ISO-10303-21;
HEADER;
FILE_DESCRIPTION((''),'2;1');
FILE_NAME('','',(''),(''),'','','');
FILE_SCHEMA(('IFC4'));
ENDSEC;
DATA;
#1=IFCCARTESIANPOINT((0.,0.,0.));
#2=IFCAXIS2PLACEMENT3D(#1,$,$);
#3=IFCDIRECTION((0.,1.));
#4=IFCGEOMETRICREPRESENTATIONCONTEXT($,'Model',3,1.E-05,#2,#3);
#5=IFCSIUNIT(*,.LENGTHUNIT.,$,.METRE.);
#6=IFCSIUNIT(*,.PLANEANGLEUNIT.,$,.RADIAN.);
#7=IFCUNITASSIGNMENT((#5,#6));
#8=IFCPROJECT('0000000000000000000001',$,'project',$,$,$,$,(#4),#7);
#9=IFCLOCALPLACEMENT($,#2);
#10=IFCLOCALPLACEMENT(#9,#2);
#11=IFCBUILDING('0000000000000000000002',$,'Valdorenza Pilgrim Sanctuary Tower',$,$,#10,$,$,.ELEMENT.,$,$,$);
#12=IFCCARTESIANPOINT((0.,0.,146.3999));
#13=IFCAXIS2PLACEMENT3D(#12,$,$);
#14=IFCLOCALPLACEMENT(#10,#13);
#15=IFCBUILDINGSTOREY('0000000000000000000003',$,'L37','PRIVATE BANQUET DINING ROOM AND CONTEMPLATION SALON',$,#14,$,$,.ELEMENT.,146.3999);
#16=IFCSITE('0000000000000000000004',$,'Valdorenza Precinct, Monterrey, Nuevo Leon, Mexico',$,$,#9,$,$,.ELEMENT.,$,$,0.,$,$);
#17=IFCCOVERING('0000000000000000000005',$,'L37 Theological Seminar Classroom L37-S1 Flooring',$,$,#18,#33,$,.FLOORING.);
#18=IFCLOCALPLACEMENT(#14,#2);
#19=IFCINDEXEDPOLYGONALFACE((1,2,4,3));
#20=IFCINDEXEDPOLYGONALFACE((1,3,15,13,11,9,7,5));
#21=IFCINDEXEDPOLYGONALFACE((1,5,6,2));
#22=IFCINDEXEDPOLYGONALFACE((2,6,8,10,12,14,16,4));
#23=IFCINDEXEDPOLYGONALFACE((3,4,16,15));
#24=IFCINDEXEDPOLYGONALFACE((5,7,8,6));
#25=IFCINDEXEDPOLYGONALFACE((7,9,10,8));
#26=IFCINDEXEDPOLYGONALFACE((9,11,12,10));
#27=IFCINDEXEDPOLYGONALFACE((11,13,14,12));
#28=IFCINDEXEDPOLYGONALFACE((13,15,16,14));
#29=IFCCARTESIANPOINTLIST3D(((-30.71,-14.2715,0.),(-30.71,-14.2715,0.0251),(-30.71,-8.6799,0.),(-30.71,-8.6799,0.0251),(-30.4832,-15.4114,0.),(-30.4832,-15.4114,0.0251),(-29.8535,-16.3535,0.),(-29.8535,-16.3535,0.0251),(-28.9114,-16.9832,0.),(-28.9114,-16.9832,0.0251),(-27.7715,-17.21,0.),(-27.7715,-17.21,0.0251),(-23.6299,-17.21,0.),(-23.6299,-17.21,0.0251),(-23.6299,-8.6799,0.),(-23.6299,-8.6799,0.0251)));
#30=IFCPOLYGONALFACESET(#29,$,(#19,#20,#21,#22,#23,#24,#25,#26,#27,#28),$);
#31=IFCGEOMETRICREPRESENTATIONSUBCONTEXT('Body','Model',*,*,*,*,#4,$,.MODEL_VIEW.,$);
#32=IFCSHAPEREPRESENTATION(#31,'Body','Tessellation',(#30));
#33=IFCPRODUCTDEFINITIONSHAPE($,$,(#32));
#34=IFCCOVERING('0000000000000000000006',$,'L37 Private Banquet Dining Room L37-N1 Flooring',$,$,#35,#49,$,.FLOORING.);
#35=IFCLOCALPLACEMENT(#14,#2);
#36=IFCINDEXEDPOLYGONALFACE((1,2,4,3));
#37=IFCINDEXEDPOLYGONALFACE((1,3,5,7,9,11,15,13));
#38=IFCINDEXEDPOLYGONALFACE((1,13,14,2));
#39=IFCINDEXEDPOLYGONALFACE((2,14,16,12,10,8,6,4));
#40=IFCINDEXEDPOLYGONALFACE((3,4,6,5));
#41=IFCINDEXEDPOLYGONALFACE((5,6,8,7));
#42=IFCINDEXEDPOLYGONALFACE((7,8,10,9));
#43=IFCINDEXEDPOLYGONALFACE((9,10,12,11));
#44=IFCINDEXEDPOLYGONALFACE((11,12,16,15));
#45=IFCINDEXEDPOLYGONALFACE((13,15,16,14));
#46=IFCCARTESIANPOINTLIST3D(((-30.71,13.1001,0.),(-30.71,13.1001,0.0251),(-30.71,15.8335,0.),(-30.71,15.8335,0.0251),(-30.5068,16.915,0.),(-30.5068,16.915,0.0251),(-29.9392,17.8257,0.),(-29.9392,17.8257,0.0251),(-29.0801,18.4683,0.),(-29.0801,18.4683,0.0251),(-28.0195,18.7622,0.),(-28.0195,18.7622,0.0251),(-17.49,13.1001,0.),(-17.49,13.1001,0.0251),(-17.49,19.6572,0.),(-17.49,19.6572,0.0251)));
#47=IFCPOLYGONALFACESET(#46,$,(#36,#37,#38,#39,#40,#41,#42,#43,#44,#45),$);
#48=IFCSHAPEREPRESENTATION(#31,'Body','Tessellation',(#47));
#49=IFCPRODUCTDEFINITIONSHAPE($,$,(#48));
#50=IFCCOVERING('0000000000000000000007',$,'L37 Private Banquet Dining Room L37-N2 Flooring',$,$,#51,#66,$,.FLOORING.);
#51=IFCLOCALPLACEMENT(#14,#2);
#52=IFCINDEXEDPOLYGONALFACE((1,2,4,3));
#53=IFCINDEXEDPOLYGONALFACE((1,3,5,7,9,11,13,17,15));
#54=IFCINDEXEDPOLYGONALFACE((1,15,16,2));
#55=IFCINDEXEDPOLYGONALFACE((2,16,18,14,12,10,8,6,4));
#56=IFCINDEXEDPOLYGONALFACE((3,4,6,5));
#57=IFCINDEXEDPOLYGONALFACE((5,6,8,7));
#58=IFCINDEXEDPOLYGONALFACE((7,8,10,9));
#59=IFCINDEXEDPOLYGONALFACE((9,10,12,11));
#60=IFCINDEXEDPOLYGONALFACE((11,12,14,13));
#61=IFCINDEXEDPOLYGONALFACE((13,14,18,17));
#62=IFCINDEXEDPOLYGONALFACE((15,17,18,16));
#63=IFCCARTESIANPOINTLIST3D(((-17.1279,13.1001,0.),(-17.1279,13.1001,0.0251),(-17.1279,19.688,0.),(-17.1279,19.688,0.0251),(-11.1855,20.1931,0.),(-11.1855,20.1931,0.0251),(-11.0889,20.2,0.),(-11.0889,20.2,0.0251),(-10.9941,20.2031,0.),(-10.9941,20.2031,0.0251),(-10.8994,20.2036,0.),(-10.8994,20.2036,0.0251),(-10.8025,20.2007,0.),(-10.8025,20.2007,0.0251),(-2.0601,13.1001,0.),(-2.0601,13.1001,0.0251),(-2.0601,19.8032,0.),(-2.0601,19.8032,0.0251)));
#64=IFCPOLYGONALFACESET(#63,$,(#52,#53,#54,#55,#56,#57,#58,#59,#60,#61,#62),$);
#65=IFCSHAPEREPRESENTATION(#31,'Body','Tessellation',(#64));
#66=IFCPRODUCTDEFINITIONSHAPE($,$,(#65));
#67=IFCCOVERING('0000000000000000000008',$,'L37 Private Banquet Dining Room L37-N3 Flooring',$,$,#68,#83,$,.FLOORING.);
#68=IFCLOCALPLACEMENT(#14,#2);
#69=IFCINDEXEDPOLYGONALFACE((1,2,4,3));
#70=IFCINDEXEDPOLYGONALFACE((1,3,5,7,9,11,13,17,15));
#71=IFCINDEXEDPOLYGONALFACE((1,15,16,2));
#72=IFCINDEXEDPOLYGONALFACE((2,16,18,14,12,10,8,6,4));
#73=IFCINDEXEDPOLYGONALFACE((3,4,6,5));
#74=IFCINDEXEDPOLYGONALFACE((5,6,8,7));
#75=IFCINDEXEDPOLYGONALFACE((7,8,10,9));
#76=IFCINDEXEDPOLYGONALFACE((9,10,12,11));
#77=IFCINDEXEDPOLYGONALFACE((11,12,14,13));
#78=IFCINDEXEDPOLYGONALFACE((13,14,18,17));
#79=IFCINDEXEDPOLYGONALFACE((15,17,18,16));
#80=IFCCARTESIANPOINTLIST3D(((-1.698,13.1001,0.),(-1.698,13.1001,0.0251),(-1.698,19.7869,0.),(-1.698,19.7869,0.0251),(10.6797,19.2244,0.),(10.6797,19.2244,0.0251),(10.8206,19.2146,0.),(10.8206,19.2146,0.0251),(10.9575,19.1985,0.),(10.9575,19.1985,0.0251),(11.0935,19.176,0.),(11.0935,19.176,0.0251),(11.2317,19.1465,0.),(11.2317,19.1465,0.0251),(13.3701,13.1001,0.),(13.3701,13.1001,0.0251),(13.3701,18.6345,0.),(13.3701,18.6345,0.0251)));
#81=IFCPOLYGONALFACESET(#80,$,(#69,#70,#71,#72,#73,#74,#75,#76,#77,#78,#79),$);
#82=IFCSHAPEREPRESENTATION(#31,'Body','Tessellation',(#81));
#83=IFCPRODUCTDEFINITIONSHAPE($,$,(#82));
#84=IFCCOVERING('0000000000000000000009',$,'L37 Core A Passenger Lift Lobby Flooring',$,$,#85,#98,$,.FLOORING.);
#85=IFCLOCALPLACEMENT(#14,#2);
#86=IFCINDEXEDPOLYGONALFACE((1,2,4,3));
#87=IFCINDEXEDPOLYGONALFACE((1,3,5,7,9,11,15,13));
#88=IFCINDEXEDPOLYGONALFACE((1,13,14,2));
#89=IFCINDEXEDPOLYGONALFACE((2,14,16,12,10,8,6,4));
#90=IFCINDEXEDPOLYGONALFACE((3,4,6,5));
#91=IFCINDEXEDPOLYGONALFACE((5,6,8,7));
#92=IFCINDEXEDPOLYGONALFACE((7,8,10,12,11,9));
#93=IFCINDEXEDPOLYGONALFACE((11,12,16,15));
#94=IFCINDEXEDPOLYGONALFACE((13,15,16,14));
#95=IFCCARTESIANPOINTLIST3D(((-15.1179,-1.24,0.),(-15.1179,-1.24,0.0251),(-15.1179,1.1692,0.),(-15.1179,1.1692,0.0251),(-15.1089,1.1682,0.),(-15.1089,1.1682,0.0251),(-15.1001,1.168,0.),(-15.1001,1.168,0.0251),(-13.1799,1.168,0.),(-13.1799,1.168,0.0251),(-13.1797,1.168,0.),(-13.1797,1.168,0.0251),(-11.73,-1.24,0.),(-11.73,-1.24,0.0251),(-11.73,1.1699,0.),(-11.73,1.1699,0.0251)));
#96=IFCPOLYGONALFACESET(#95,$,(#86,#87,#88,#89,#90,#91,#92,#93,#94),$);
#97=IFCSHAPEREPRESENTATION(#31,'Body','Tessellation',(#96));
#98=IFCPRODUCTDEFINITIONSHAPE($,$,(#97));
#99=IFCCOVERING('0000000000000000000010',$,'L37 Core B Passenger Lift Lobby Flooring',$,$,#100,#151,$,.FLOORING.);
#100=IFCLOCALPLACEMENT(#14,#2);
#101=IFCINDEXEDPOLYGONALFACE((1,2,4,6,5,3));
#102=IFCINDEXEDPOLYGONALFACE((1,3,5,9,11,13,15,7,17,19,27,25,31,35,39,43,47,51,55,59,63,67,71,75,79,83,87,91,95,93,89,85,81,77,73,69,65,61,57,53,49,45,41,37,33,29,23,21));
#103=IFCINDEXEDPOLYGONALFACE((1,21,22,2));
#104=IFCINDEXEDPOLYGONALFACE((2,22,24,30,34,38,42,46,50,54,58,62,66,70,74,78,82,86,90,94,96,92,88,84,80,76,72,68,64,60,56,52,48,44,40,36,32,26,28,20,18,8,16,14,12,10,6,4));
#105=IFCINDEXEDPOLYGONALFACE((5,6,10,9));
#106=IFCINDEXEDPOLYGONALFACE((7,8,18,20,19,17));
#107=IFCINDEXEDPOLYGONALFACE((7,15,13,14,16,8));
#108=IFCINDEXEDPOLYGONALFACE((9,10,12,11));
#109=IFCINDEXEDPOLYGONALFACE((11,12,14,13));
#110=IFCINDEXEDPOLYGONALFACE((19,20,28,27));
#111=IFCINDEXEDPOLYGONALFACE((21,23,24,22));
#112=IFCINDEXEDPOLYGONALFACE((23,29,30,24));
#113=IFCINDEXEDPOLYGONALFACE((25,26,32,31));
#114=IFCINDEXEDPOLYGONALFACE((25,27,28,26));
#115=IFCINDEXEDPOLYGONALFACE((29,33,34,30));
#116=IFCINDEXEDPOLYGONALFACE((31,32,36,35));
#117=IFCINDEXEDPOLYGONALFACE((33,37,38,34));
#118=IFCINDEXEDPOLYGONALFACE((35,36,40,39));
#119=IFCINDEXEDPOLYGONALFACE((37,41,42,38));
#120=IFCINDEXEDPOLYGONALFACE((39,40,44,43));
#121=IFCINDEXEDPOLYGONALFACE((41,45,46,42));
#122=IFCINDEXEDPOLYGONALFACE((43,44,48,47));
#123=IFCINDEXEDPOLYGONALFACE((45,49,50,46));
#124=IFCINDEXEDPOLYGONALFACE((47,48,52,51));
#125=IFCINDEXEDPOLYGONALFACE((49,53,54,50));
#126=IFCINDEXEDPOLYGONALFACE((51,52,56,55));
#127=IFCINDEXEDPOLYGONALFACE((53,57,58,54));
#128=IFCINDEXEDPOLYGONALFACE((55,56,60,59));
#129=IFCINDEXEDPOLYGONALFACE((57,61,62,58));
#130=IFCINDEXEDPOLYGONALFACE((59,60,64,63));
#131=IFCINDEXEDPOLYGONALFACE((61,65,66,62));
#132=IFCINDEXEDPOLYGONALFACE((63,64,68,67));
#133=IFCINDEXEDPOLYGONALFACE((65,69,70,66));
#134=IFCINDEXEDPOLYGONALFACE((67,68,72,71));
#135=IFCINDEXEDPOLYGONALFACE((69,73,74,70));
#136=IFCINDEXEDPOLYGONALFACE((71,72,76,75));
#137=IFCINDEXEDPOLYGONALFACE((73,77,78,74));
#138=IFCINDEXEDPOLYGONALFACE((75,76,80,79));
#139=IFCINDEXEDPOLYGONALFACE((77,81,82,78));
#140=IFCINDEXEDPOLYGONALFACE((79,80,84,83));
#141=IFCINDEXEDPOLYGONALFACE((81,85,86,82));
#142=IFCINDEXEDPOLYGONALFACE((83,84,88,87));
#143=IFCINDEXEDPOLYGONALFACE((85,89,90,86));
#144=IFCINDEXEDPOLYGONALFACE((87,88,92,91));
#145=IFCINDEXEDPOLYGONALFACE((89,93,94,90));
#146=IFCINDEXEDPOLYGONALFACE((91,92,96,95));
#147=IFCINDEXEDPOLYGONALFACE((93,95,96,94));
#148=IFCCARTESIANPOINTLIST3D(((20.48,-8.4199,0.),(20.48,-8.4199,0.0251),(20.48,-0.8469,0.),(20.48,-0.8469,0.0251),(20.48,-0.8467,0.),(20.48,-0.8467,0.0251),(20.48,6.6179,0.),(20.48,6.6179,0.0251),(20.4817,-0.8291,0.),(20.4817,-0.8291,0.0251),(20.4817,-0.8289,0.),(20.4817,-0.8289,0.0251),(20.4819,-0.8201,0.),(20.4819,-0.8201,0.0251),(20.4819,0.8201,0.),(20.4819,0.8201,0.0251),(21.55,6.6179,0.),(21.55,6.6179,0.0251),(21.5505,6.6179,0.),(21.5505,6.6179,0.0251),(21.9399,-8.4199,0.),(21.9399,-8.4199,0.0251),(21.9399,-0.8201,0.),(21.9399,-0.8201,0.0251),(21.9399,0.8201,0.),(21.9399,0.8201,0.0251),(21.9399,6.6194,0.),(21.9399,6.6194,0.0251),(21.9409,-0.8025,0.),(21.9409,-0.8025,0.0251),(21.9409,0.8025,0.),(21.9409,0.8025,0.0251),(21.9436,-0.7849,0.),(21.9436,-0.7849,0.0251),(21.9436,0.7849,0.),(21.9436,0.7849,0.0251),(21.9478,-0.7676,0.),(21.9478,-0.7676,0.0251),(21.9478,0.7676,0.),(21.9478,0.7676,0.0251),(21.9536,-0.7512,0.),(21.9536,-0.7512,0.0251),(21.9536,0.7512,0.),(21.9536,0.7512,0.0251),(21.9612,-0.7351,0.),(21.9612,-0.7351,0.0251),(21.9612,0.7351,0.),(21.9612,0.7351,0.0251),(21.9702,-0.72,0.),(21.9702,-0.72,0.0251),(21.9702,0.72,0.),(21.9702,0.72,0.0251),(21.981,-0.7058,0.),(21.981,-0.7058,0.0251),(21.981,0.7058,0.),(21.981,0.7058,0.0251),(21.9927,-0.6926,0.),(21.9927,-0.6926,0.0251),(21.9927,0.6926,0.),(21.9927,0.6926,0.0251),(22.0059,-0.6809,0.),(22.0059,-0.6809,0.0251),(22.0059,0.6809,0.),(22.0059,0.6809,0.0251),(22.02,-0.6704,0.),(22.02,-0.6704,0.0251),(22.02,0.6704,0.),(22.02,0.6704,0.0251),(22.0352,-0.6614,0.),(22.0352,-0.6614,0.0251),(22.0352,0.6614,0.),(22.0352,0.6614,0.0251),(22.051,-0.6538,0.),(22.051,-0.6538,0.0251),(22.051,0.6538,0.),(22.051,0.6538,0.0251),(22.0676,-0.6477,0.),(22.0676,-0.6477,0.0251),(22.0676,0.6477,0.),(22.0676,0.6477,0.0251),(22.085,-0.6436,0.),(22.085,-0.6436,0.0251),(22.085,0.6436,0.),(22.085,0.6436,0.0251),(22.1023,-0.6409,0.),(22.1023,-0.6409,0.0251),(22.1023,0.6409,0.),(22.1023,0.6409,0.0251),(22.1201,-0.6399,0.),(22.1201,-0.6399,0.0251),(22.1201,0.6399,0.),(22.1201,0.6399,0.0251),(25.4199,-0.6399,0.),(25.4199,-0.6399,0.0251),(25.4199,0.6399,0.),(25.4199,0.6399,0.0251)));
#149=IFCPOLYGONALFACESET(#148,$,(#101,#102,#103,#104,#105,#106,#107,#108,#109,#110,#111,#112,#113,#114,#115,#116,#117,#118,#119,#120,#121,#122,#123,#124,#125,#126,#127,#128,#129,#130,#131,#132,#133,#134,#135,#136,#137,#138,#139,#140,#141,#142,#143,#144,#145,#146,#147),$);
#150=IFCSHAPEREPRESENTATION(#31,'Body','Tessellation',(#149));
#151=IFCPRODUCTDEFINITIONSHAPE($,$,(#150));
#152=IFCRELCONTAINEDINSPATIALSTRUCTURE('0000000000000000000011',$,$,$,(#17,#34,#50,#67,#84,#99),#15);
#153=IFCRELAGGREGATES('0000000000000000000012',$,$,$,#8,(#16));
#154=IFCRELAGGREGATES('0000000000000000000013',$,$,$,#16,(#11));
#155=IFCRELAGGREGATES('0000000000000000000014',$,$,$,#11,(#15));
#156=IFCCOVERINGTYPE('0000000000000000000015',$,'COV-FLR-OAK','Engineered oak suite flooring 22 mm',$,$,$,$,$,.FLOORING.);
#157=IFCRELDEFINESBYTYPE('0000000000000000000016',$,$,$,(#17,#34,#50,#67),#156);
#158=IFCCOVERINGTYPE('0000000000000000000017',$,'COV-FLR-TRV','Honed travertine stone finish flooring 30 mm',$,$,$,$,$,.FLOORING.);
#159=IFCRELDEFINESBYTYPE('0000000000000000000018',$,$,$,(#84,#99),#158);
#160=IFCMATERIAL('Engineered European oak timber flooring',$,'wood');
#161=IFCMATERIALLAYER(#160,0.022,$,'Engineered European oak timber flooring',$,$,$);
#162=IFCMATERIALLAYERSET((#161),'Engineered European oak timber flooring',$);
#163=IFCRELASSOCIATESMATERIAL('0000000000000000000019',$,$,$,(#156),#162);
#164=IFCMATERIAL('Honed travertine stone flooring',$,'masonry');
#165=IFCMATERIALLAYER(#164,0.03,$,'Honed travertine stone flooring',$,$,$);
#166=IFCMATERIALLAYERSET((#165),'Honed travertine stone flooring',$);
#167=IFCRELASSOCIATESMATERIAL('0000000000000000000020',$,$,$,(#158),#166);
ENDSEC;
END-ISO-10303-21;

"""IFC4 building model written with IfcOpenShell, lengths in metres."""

from ifc_helpers import new_model, si_unit, direction, frame, origin, place, context, subcontext, project, spatial, polyline, outline, extrude, material, layer, layer_set, type_object, element, save


model = new_model("IFC4")

# Units and contexts
model_context = context("Model", 3, precision=1e-05, world=origin(), true_north=direction((0.0, 1.0)))
body_context = subcontext(model_context, "Body", "Model", "MODEL_VIEW")
ifc_project = project(units=[si_unit("LENGTHUNIT", "METRE"), si_unit("PLANEANGLEUNIT", "RADIAN")], contexts=[model_context])

# Site, building, storey
site_placement = place(None, origin())
site = spatial("IfcSite", under=ifc_project, at=site_placement, Name="Valdorenza Precinct, Monterrey, Nuevo Leon, Mexico", CompositionType="ELEMENT", RefElevation=0.0)
building_placement = place(site_placement, origin())
building = spatial("IfcBuilding", under=site, at=building_placement, Name="Valdorenza Pilgrim Sanctuary Tower", CompositionType="ELEMENT")
storey_placement = place(building_placement, frame((0.0, 0.0, 146.3999)))
storey = spatial("IfcBuildingStorey", under=building, at=storey_placement, Name="L37", Description="PRIVATE BANQUET DINING ROOM AND CONTEMPLATION SALON", CompositionType="ELEMENT", Elevation=146.3999)

# Coverings
ifc_material_1 = material(Name="Engineered European oak timber flooring", Category="wood")
ifc_layer_1 = layer(ifc_material_1, 0.022, Name="Engineered European oak timber flooring")
ifc_layer_set_1 = layer_set([ifc_layer_1], Name="Engineered European oak timber flooring")
covering_type_1 = type_object("IfcCoveringType", Name="COV-FLR-OAK", Description="Engineered oak suite flooring 22 mm", PredefinedType="FLOORING", material=ifc_layer_set_1)
covering_1_placement = place(storey_placement, origin())
element("IfcCovering", 1, at=covering_1_placement, inside=storey, type_object=covering_type_1, Name="L37 Theological Seminar Classroom L37-S1 Flooring", PredefinedType="FLOORING", context=body_context, shape_type="SweptSolid", body=[
    extrude(outline(polyline([(-23.6299, -17.21), (-27.7715, -17.21), (-28.9114, -16.9832), (-29.8535, -16.3535), (-30.4832, -15.4114), (-30.71, -14.2715), (-30.71, -8.6799), (-23.6299, -8.6799), (-23.6299, -17.21)])), origin(), (0.0, 0.0, 1.0), 0.0251),
])
covering_2_placement = place(storey_placement, origin())
element("IfcCovering", 2, at=covering_2_placement, inside=storey, type_object=covering_type_1, Name="L37 Private Banquet Dining Room L37-N1 Flooring", PredefinedType="FLOORING", context=body_context, shape_type="SweptSolid", body=[
    extrude(outline(polyline([(-30.71, 13.1001), (-30.71, 15.8335), (-30.5068, 16.915), (-29.9392, 17.8257), (-29.0801, 18.4683), (-28.0195, 18.7622), (-17.49, 19.6572), (-17.49, 13.1001), (-30.71, 13.1001)])), origin(), (0.0, 0.0, 1.0), 0.0251),
])
covering_3_placement = place(storey_placement, origin())
element("IfcCovering", 3, at=covering_3_placement, inside=storey, type_object=covering_type_1, Name="L37 Private Banquet Dining Room L37-N2 Flooring", PredefinedType="FLOORING", context=body_context, shape_type="SweptSolid", body=[
    extrude(outline(polyline([(-17.1279, 13.1001), (-17.1279, 19.688), (-11.1855, 20.1931), (-11.0889, 20.2), (-10.9941, 20.2031), (-10.8994, 20.2036), (-10.8025, 20.2007), (-2.0601, 19.8032), (-2.0601, 13.1001), (-17.1279, 13.1001)])), origin(), (0.0, 0.0, 1.0), 0.0251),
])
covering_4_placement = place(storey_placement, origin())
element("IfcCovering", 4, at=covering_4_placement, inside=storey, type_object=covering_type_1, Name="L37 Private Banquet Dining Room L37-N3 Flooring", PredefinedType="FLOORING", context=body_context, shape_type="SweptSolid", body=[
    extrude(outline(polyline([(-1.698, 13.1001), (-1.698, 19.7869), (10.6797, 19.2244), (10.8206, 19.2146), (10.9575, 19.1985), (11.0935, 19.176), (11.2317, 19.1465), (13.3701, 18.6345), (13.3701, 13.1001), (-1.698, 13.1001)])), origin(), (0.0, 0.0, 1.0), 0.0251),
])
ifc_material_2 = material(Name="Honed travertine stone flooring", Category="masonry")
ifc_layer_2 = layer(ifc_material_2, 0.03, Name="Honed travertine stone flooring")
ifc_layer_set_2 = layer_set([ifc_layer_2], Name="Honed travertine stone flooring")
covering_type_2 = type_object("IfcCoveringType", Name="COV-FLR-TRV", Description="Honed travertine stone finish flooring 30 mm", PredefinedType="FLOORING", material=ifc_layer_set_2)
covering_5_placement = place(storey_placement, origin())
element("IfcCovering", 5, at=covering_5_placement, inside=storey, type_object=covering_type_2, Name="L37 Core A Passenger Lift Lobby Flooring", PredefinedType="FLOORING", context=body_context, shape_type="SweptSolid", body=[
    extrude(outline(polyline([(-15.1179, 1.1692), (-15.1089, 1.1682), (-15.1089, 1.1682), (-15.1001, 1.168), (-13.1799, 1.168), (-13.1797, 1.168), (-11.73, 1.1699), (-11.73, -1.24), (-15.1179, -1.24), (-15.1179, 1.1692)])), origin(), (0.0, 0.0, 1.0), 0.0251),
])
covering_6_placement = place(storey_placement, origin())
element("IfcCovering", 6, at=covering_6_placement, inside=storey, type_object=covering_type_2, Name="L37 Core B Passenger Lift Lobby Flooring", PredefinedType="FLOORING", context=body_context, shape_type="SweptSolid", body=[
    extrude(outline(polyline([(20.48, 6.6179), (21.55, 6.6179), (21.5505, 6.6179), (21.9399, 6.6194), (21.9399, 0.8201), (21.9409, 0.8025), (21.9436, 0.7849), (21.9478, 0.7676), (21.9536, 0.7512), (21.9612, 0.7351), (21.9702, 0.72), (21.981, 0.7058), (21.9927, 0.6926), (22.0059, 0.6809), (22.02, 0.6704), (22.0352, 0.6614), (22.051, 0.6538), (22.0676, 0.6477), (22.085, 0.6436), (22.1023, 0.6409), (22.1201, 0.6399), (25.4199, 0.6399), (25.4199, -0.6399), (22.1201, -0.6399), (22.1023, -0.6409), (22.085, -0.6436), (22.0676, -0.6477), (22.051, -0.6538), (22.0352, -0.6614), (22.02, -0.6704), (22.0059, -0.6809), (21.9927, -0.6926), (21.981, -0.7058), (21.9702, -0.72), (21.9612, -0.7351), (21.9536, -0.7512), (21.9478, -0.7676), (21.9436, -0.7849), (21.9409, -0.8025), (21.9399, -0.8201), (21.9399, -8.4199), (20.48, -8.4199), (20.48, -0.8469), (20.48, -0.8467), (20.48, -0.8467), (20.4817, -0.8291), (20.4817, -0.8289), (20.4819, -0.8201), (20.4819, 0.8201), (20.48, 6.6179)])), origin(), (0.0, 0.0, 1.0), 0.0251),
])

save(model, "model.ifc")
